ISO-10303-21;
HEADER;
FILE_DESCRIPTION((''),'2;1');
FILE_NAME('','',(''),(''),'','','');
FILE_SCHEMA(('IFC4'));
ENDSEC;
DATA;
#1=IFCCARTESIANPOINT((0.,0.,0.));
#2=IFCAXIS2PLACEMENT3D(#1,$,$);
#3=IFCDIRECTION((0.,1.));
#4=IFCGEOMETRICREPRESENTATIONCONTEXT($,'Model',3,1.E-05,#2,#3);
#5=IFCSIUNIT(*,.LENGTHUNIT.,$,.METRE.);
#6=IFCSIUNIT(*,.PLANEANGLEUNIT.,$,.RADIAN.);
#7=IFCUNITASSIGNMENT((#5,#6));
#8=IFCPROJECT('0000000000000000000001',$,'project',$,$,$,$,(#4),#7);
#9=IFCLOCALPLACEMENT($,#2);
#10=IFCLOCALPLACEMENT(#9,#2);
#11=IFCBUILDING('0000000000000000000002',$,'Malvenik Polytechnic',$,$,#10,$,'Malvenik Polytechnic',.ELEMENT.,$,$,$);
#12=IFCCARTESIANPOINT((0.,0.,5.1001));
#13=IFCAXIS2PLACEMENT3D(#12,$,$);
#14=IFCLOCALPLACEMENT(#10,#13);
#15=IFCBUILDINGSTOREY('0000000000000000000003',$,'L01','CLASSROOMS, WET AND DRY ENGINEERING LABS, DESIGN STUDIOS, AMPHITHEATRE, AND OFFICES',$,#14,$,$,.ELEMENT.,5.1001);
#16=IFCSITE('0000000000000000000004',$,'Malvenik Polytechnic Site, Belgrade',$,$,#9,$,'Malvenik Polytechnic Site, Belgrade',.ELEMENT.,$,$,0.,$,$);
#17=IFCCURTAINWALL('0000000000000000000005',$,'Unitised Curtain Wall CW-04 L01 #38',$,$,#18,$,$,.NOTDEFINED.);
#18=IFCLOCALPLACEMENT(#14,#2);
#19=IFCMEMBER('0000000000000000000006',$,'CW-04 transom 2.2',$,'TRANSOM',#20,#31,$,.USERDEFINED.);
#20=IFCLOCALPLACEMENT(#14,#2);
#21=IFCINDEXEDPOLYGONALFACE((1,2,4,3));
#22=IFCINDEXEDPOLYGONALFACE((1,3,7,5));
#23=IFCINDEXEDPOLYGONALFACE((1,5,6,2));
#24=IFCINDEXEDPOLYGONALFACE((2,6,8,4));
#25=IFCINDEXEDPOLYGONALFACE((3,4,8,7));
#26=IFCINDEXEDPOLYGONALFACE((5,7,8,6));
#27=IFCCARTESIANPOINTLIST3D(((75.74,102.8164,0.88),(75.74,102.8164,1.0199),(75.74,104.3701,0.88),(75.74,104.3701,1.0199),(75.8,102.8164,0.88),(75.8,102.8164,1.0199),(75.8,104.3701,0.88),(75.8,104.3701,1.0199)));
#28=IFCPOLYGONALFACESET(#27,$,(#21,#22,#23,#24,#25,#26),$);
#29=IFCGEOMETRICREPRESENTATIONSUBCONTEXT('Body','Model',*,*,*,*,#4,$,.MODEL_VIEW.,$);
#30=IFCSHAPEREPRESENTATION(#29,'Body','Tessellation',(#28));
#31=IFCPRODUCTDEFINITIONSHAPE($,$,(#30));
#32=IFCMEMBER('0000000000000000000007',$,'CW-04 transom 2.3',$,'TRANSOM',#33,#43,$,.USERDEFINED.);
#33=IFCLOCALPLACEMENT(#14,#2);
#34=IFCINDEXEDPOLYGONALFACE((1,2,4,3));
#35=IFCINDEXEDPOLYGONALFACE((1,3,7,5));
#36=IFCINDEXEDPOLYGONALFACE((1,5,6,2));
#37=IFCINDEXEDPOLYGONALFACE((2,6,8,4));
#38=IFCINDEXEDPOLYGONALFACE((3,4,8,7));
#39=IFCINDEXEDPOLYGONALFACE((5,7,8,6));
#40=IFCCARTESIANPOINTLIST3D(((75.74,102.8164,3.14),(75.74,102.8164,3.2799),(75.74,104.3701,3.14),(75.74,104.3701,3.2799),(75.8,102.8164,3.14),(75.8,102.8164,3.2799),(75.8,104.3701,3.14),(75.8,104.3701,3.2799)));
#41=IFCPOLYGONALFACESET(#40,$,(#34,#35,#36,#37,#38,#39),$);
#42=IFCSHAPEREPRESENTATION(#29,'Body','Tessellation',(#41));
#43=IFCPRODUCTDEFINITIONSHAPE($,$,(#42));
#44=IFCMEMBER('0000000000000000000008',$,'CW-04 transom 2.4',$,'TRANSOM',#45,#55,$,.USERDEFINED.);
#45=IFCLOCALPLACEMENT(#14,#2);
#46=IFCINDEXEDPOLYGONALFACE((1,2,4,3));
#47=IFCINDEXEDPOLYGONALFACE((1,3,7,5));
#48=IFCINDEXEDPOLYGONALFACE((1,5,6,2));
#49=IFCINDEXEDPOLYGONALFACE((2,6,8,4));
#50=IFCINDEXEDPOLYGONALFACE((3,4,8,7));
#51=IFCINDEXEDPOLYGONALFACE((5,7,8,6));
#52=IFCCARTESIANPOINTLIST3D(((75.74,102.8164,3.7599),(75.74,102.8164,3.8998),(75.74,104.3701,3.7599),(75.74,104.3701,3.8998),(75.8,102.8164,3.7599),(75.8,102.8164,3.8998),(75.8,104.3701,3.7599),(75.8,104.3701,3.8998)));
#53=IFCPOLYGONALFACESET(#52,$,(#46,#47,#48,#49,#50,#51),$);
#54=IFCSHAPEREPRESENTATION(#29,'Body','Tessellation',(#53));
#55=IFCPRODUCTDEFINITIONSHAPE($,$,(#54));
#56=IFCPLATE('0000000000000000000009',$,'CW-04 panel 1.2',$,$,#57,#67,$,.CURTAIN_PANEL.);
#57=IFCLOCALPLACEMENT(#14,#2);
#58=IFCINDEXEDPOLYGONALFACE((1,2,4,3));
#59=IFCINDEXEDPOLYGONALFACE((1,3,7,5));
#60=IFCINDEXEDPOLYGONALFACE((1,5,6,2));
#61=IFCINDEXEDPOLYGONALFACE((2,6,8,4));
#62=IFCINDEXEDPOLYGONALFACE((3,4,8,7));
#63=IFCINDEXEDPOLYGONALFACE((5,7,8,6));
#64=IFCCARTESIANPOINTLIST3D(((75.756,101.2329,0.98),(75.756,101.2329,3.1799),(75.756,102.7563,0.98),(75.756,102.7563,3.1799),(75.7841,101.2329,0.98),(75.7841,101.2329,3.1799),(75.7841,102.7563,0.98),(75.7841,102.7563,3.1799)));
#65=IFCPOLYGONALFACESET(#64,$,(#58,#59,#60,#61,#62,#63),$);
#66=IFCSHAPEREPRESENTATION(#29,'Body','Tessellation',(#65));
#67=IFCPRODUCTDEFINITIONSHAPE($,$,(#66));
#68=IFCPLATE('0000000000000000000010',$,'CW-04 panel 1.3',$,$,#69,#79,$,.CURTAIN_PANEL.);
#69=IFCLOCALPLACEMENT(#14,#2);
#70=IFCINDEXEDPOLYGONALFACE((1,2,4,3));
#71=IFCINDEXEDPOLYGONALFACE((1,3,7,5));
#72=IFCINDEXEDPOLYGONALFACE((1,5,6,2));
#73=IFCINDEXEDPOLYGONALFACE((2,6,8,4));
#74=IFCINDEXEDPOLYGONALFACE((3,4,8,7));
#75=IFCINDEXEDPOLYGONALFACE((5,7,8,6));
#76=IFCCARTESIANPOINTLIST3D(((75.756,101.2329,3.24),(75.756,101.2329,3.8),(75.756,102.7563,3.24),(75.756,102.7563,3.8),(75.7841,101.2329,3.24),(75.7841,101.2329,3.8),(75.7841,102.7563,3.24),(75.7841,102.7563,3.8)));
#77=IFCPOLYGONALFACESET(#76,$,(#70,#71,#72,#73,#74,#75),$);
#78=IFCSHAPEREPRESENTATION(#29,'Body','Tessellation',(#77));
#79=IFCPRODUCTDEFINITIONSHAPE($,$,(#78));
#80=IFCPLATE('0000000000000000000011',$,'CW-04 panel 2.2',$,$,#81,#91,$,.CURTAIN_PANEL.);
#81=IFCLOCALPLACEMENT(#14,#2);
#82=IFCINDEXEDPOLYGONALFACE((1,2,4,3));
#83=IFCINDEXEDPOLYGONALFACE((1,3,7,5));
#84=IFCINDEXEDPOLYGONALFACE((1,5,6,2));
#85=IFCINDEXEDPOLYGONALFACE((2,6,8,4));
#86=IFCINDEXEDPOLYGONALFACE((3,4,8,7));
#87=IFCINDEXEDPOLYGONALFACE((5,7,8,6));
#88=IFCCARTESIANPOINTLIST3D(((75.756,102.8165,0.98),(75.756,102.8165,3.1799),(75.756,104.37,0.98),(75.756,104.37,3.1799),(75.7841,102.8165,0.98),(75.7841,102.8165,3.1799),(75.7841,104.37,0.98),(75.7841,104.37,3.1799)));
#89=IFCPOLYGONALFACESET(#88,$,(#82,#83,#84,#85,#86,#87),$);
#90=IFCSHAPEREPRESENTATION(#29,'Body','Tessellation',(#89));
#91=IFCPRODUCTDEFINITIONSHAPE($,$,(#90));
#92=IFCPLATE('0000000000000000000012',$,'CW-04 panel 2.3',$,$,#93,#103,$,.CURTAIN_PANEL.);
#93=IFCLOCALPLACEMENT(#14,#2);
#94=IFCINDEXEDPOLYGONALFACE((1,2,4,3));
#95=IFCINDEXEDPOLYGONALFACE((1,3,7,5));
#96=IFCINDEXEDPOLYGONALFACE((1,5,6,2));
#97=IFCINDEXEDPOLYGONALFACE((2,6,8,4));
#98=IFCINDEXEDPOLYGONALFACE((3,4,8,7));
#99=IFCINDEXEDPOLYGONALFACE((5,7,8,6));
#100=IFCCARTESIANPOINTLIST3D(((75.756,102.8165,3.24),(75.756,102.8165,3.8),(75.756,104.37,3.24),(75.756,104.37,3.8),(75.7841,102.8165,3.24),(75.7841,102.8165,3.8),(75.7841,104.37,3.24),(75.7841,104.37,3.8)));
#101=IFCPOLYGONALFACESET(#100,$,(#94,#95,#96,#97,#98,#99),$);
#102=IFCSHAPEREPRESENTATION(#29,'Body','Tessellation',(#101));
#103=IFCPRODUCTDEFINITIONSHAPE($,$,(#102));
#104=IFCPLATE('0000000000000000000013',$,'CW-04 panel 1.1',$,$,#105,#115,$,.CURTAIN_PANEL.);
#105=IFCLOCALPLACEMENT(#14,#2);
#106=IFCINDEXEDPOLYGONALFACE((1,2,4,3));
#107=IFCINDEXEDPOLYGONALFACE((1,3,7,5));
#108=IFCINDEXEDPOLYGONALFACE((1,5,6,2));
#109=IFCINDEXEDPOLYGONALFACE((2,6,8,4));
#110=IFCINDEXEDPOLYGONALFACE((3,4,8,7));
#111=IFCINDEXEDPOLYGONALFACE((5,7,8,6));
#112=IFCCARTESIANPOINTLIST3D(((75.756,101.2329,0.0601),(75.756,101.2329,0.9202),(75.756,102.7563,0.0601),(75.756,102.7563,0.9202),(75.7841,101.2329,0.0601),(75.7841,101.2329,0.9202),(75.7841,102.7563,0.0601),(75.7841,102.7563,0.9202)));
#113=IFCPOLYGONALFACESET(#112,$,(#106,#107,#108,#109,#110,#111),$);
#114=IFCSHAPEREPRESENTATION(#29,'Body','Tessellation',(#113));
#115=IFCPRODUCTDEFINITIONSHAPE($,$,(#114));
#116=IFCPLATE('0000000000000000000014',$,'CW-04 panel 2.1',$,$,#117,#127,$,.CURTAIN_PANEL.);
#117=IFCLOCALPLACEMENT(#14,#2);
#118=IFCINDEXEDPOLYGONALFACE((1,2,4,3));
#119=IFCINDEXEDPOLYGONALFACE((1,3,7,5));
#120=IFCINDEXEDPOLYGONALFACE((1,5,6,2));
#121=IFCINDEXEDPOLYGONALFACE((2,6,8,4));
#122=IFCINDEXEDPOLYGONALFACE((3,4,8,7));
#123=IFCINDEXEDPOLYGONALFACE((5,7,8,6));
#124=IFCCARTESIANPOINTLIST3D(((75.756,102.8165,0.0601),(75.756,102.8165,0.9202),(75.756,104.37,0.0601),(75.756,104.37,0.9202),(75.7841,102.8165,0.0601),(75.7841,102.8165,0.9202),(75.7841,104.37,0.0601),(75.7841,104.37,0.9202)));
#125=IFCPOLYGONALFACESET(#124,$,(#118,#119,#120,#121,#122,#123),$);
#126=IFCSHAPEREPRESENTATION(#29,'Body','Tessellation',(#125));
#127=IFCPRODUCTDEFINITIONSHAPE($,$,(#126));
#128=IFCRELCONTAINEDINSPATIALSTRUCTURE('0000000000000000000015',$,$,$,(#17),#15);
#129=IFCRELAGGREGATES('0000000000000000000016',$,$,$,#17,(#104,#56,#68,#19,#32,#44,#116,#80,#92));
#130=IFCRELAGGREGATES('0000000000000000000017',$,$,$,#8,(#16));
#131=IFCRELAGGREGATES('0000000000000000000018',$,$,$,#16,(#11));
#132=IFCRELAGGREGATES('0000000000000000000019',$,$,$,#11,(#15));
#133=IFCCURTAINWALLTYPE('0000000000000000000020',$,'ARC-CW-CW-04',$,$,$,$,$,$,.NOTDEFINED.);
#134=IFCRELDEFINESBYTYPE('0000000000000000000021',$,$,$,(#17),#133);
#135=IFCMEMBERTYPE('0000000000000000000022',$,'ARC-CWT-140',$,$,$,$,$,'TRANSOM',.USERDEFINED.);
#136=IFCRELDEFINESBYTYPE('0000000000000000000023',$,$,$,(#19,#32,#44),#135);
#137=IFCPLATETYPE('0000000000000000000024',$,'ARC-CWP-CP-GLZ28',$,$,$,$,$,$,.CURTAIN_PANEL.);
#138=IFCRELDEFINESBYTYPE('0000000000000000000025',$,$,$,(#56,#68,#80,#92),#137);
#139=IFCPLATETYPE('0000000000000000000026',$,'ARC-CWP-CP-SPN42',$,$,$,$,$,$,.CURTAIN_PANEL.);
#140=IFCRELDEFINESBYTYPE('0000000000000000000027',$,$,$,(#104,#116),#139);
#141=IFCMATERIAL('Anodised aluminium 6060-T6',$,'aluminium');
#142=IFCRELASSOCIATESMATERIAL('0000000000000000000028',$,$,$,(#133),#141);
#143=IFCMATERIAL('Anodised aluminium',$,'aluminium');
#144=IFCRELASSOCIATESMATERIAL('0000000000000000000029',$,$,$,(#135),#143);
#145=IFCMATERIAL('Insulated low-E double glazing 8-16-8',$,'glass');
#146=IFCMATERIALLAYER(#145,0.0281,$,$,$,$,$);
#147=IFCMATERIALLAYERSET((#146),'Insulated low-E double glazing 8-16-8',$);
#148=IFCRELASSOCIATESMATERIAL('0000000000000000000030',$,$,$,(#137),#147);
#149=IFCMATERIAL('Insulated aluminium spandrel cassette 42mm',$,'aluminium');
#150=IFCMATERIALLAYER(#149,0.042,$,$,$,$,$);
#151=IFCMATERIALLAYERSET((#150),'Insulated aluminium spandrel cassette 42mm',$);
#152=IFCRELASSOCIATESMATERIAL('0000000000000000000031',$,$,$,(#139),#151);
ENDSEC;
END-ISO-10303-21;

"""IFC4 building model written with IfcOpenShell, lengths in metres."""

from ifc_helpers import new_model, si_unit, direction, frame, origin, origin_2d, place, context, subcontext, project, spatial, rectangle, extrude, material, layer, layer_set, material_profile, profile_set, type_object, element, aggregate, save


model = new_model("IFC4")

# Units and contexts
model_context = context("Model", 3, precision=1e-05, world=origin(), true_north=direction((0.0, 1.0)))
body_context = subcontext(model_context, "Body", "Model", "MODEL_VIEW")
ifc_project = project(units=[si_unit("LENGTHUNIT", "METRE"), si_unit("PLANEANGLEUNIT", "RADIAN")], contexts=[model_context])

# Site, building, storey
site_placement = place(None, origin())
site = spatial("IfcSite", under=ifc_project, at=site_placement, Name="Malvenik Polytechnic Site, Belgrade", LongName="Malvenik Polytechnic Site, Belgrade", CompositionType="ELEMENT", RefElevation=0.0)
building_placement = place(site_placement, origin())
building = spatial("IfcBuilding", under=site, at=building_placement, Name="Malvenik Polytechnic", LongName="Malvenik Polytechnic", CompositionType="ELEMENT")
storey_placement = place(building_placement, frame((0.0, 0.0, 5.1001)))
storey = spatial("IfcBuildingStorey", under=building, at=storey_placement, Name="L01", Description="CLASSROOMS, WET AND DRY ENGINEERING LABS, DESIGN STUDIOS, AMPHITHEATRE, AND OFFICES", CompositionType="ELEMENT", Elevation=5.1001)

# Curtain wall, members, plates
ifc_material_1 = material(Name="Anodised aluminium 6060-T6", Category="aluminium")
curtain_wall_type = type_object("IfcCurtainWallType", Name="ARC-CW-CW-04", PredefinedType="NOTDEFINED", material=ifc_material_1)
curtain_wall_placement = place(storey_placement, origin())
curtain_wall = element("IfcCurtainWall", 1, at=curtain_wall_placement, inside=storey, type_object=curtain_wall_type, Name="Unitised Curtain Wall CW-04 L01 #38", PredefinedType="NOTDEFINED")
ifc_material_2 = material(Name="Anodised aluminium", Category="aluminium")
ifc_material_profile_1 = material_profile(ifc_material_2, rectangle(XDim=0.0601, YDim=0.1399, at=origin_2d()), Name="ALU TRANSOM 60x140")
ifc_profile_set_1 = profile_set([ifc_material_profile_1], Name="Anodised aluminium")
member_type_1 = type_object("IfcMemberType", Name="ARC-CWT-140", ElementType="TRANSOM", PredefinedType="USERDEFINED", material=ifc_profile_set_1)
member_1_placement = place(storey_placement, frame((75.77, 102.8164, 0.95), z_axis=(0.0, 1.0, 0.0), x_axis=(-1.0, 0.0, 0.0)))
member_1 = element("IfcMember", 2, at=member_1_placement, type_object=member_type_1, Name="CW-04 transom 2.2", ObjectType="TRANSOM", PredefinedType="USERDEFINED", context=body_context, shape_type="SweptSolid", body=[
    extrude(rectangle(XDim=0.0601, YDim=0.1399, at=origin_2d()), origin(), (0.0, 0.0, 1.0), 1.5537),
])
member_2_placement = place(storey_placement, frame((75.77, 102.8164, 3.21), z_axis=(0.0, 1.0, 0.0), x_axis=(-1.0, 0.0, 0.0)))
member_2 = element("IfcMember", 3, at=member_2_placement, type_object=member_type_1, Name="CW-04 transom 2.3", ObjectType="TRANSOM", PredefinedType="USERDEFINED", context=body_context, shape_type="SweptSolid", body=[
    extrude(rectangle(XDim=0.0601, YDim=0.1399, at=origin_2d()), origin(), (0.0, 0.0, 1.0), 1.5537),
])
member_3_placement = place(storey_placement, frame((75.77, 102.8164, 3.8298), z_axis=(0.0, 1.0, 0.0), x_axis=(-1.0, 0.0, 0.0)))
member_3 = element("IfcMember", 4, at=member_3_placement, type_object=member_type_1, Name="CW-04 transom 2.4", ObjectType="TRANSOM", PredefinedType="USERDEFINED", context=body_context, shape_type="SweptSolid", body=[
    extrude(rectangle(XDim=0.0601, YDim=0.1399, at=origin_2d()), origin(), (0.0, 0.0, 1.0), 1.5537),
])
ifc_material_3 = material(Name="Insulated low-E double glazing 8-16-8", Category="glass")
ifc_layer_1 = layer(ifc_material_3, 0.0281)
ifc_layer_set_1 = layer_set([ifc_layer_1], Name="Insulated low-E double glazing 8-16-8")
plate_type_1 = type_object("IfcPlateType", Name="ARC-CWP-CP-GLZ28", PredefinedType="CURTAIN_PANEL", material=ifc_layer_set_1)
plate_1_placement = place(storey_placement, frame((75.77, 101.9946, 0.98), z_axis=(0.0, 0.0, 1.0), x_axis=(0.0, 1.0, 0.0)))
plate_1 = element("IfcPlate", 5, at=plate_1_placement, type_object=plate_type_1, Name="CW-04 panel 1.2", PredefinedType="CURTAIN_PANEL", context=body_context, shape_type="SweptSolid", body=[
    extrude(rectangle(XDim=1.5234, YDim=0.0281, at=origin_2d()), origin(), (0.0, 0.0, 1.0), 2.2),
])
plate_2_placement = place(storey_placement, frame((75.77, 101.9946, 3.24), z_axis=(0.0, 0.0, 1.0), x_axis=(0.0, 1.0, 0.0)))
plate_2 = element("IfcPlate", 6, at=plate_2_placement, type_object=plate_type_1, Name="CW-04 panel 1.3", PredefinedType="CURTAIN_PANEL", context=body_context, shape_type="SweptSolid", body=[
    extrude(rectangle(XDim=1.5234, YDim=0.0281, at=origin_2d()), origin(), (0.0, 0.0, 1.0), 0.5601),
])
plate_3_placement = place(storey_placement, frame((75.77, 103.5933, 0.98), z_axis=(0.0, 0.0, 1.0), x_axis=(0.0, 1.0, 0.0)))
plate_3 = element("IfcPlate", 7, at=plate_3_placement, type_object=plate_type_1, Name="CW-04 panel 2.2", PredefinedType="CURTAIN_PANEL", context=body_context, shape_type="SweptSolid", body=[
    extrude(rectangle(XDim=1.5535, YDim=0.0281, at=origin_2d()), origin(), (0.0, 0.0, 1.0), 2.2),
])
plate_4_placement = place(storey_placement, frame((75.77, 103.5933, 3.24), z_axis=(0.0, 0.0, 1.0), x_axis=(0.0, 1.0, 0.0)))
plate_4 = element("IfcPlate", 8, at=plate_4_placement, type_object=plate_type_1, Name="CW-04 panel 2.3", PredefinedType="CURTAIN_PANEL", context=body_context, shape_type="SweptSolid", body=[
    extrude(rectangle(XDim=1.5535, YDim=0.0281, at=origin_2d()), origin(), (0.0, 0.0, 1.0), 0.5601),
])
ifc_material_4 = material(Name="Insulated aluminium spandrel cassette 42mm", Category="aluminium")
ifc_layer_2 = layer(ifc_material_4, 0.042)
ifc_layer_set_2 = layer_set([ifc_layer_2], Name="Insulated aluminium spandrel cassette 42mm")
plate_type_2 = type_object("IfcPlateType", Name="ARC-CWP-CP-SPN42", PredefinedType="CURTAIN_PANEL", material=ifc_layer_set_2)
plate_5_placement = place(storey_placement, frame((75.77, 101.9946, 0.0601), z_axis=(0.0, 0.0, 1.0), x_axis=(0.0, 1.0, 0.0)))
plate_5 = element("IfcPlate", 9, at=plate_5_placement, type_object=plate_type_2, Name="CW-04 panel 1.1", PredefinedType="CURTAIN_PANEL", context=body_context, shape_type="SweptSolid", body=[
    extrude(rectangle(XDim=1.5234, YDim=0.0281, at=origin_2d()), origin(), (0.0, 0.0, 1.0), 0.8601),
])
plate_6_placement = place(storey_placement, frame((75.77, 103.5933, 0.0601), z_axis=(0.0, 0.0, 1.0), x_axis=(0.0, 1.0, 0.0)))
plate_6 = element("IfcPlate", 10, at=plate_6_placement, type_object=plate_type_2, Name="CW-04 panel 2.1", PredefinedType="CURTAIN_PANEL", context=body_context, shape_type="SweptSolid", body=[
    extrude(rectangle(XDim=1.5535, YDim=0.0281, at=origin_2d()), origin(), (0.0, 0.0, 1.0), 0.8601),
])
aggregate(curtain_wall, [plate_5, plate_1, plate_2, member_1, member_2, member_3, plate_6, plate_3, plate_4])

save(model, "model.ifc")
